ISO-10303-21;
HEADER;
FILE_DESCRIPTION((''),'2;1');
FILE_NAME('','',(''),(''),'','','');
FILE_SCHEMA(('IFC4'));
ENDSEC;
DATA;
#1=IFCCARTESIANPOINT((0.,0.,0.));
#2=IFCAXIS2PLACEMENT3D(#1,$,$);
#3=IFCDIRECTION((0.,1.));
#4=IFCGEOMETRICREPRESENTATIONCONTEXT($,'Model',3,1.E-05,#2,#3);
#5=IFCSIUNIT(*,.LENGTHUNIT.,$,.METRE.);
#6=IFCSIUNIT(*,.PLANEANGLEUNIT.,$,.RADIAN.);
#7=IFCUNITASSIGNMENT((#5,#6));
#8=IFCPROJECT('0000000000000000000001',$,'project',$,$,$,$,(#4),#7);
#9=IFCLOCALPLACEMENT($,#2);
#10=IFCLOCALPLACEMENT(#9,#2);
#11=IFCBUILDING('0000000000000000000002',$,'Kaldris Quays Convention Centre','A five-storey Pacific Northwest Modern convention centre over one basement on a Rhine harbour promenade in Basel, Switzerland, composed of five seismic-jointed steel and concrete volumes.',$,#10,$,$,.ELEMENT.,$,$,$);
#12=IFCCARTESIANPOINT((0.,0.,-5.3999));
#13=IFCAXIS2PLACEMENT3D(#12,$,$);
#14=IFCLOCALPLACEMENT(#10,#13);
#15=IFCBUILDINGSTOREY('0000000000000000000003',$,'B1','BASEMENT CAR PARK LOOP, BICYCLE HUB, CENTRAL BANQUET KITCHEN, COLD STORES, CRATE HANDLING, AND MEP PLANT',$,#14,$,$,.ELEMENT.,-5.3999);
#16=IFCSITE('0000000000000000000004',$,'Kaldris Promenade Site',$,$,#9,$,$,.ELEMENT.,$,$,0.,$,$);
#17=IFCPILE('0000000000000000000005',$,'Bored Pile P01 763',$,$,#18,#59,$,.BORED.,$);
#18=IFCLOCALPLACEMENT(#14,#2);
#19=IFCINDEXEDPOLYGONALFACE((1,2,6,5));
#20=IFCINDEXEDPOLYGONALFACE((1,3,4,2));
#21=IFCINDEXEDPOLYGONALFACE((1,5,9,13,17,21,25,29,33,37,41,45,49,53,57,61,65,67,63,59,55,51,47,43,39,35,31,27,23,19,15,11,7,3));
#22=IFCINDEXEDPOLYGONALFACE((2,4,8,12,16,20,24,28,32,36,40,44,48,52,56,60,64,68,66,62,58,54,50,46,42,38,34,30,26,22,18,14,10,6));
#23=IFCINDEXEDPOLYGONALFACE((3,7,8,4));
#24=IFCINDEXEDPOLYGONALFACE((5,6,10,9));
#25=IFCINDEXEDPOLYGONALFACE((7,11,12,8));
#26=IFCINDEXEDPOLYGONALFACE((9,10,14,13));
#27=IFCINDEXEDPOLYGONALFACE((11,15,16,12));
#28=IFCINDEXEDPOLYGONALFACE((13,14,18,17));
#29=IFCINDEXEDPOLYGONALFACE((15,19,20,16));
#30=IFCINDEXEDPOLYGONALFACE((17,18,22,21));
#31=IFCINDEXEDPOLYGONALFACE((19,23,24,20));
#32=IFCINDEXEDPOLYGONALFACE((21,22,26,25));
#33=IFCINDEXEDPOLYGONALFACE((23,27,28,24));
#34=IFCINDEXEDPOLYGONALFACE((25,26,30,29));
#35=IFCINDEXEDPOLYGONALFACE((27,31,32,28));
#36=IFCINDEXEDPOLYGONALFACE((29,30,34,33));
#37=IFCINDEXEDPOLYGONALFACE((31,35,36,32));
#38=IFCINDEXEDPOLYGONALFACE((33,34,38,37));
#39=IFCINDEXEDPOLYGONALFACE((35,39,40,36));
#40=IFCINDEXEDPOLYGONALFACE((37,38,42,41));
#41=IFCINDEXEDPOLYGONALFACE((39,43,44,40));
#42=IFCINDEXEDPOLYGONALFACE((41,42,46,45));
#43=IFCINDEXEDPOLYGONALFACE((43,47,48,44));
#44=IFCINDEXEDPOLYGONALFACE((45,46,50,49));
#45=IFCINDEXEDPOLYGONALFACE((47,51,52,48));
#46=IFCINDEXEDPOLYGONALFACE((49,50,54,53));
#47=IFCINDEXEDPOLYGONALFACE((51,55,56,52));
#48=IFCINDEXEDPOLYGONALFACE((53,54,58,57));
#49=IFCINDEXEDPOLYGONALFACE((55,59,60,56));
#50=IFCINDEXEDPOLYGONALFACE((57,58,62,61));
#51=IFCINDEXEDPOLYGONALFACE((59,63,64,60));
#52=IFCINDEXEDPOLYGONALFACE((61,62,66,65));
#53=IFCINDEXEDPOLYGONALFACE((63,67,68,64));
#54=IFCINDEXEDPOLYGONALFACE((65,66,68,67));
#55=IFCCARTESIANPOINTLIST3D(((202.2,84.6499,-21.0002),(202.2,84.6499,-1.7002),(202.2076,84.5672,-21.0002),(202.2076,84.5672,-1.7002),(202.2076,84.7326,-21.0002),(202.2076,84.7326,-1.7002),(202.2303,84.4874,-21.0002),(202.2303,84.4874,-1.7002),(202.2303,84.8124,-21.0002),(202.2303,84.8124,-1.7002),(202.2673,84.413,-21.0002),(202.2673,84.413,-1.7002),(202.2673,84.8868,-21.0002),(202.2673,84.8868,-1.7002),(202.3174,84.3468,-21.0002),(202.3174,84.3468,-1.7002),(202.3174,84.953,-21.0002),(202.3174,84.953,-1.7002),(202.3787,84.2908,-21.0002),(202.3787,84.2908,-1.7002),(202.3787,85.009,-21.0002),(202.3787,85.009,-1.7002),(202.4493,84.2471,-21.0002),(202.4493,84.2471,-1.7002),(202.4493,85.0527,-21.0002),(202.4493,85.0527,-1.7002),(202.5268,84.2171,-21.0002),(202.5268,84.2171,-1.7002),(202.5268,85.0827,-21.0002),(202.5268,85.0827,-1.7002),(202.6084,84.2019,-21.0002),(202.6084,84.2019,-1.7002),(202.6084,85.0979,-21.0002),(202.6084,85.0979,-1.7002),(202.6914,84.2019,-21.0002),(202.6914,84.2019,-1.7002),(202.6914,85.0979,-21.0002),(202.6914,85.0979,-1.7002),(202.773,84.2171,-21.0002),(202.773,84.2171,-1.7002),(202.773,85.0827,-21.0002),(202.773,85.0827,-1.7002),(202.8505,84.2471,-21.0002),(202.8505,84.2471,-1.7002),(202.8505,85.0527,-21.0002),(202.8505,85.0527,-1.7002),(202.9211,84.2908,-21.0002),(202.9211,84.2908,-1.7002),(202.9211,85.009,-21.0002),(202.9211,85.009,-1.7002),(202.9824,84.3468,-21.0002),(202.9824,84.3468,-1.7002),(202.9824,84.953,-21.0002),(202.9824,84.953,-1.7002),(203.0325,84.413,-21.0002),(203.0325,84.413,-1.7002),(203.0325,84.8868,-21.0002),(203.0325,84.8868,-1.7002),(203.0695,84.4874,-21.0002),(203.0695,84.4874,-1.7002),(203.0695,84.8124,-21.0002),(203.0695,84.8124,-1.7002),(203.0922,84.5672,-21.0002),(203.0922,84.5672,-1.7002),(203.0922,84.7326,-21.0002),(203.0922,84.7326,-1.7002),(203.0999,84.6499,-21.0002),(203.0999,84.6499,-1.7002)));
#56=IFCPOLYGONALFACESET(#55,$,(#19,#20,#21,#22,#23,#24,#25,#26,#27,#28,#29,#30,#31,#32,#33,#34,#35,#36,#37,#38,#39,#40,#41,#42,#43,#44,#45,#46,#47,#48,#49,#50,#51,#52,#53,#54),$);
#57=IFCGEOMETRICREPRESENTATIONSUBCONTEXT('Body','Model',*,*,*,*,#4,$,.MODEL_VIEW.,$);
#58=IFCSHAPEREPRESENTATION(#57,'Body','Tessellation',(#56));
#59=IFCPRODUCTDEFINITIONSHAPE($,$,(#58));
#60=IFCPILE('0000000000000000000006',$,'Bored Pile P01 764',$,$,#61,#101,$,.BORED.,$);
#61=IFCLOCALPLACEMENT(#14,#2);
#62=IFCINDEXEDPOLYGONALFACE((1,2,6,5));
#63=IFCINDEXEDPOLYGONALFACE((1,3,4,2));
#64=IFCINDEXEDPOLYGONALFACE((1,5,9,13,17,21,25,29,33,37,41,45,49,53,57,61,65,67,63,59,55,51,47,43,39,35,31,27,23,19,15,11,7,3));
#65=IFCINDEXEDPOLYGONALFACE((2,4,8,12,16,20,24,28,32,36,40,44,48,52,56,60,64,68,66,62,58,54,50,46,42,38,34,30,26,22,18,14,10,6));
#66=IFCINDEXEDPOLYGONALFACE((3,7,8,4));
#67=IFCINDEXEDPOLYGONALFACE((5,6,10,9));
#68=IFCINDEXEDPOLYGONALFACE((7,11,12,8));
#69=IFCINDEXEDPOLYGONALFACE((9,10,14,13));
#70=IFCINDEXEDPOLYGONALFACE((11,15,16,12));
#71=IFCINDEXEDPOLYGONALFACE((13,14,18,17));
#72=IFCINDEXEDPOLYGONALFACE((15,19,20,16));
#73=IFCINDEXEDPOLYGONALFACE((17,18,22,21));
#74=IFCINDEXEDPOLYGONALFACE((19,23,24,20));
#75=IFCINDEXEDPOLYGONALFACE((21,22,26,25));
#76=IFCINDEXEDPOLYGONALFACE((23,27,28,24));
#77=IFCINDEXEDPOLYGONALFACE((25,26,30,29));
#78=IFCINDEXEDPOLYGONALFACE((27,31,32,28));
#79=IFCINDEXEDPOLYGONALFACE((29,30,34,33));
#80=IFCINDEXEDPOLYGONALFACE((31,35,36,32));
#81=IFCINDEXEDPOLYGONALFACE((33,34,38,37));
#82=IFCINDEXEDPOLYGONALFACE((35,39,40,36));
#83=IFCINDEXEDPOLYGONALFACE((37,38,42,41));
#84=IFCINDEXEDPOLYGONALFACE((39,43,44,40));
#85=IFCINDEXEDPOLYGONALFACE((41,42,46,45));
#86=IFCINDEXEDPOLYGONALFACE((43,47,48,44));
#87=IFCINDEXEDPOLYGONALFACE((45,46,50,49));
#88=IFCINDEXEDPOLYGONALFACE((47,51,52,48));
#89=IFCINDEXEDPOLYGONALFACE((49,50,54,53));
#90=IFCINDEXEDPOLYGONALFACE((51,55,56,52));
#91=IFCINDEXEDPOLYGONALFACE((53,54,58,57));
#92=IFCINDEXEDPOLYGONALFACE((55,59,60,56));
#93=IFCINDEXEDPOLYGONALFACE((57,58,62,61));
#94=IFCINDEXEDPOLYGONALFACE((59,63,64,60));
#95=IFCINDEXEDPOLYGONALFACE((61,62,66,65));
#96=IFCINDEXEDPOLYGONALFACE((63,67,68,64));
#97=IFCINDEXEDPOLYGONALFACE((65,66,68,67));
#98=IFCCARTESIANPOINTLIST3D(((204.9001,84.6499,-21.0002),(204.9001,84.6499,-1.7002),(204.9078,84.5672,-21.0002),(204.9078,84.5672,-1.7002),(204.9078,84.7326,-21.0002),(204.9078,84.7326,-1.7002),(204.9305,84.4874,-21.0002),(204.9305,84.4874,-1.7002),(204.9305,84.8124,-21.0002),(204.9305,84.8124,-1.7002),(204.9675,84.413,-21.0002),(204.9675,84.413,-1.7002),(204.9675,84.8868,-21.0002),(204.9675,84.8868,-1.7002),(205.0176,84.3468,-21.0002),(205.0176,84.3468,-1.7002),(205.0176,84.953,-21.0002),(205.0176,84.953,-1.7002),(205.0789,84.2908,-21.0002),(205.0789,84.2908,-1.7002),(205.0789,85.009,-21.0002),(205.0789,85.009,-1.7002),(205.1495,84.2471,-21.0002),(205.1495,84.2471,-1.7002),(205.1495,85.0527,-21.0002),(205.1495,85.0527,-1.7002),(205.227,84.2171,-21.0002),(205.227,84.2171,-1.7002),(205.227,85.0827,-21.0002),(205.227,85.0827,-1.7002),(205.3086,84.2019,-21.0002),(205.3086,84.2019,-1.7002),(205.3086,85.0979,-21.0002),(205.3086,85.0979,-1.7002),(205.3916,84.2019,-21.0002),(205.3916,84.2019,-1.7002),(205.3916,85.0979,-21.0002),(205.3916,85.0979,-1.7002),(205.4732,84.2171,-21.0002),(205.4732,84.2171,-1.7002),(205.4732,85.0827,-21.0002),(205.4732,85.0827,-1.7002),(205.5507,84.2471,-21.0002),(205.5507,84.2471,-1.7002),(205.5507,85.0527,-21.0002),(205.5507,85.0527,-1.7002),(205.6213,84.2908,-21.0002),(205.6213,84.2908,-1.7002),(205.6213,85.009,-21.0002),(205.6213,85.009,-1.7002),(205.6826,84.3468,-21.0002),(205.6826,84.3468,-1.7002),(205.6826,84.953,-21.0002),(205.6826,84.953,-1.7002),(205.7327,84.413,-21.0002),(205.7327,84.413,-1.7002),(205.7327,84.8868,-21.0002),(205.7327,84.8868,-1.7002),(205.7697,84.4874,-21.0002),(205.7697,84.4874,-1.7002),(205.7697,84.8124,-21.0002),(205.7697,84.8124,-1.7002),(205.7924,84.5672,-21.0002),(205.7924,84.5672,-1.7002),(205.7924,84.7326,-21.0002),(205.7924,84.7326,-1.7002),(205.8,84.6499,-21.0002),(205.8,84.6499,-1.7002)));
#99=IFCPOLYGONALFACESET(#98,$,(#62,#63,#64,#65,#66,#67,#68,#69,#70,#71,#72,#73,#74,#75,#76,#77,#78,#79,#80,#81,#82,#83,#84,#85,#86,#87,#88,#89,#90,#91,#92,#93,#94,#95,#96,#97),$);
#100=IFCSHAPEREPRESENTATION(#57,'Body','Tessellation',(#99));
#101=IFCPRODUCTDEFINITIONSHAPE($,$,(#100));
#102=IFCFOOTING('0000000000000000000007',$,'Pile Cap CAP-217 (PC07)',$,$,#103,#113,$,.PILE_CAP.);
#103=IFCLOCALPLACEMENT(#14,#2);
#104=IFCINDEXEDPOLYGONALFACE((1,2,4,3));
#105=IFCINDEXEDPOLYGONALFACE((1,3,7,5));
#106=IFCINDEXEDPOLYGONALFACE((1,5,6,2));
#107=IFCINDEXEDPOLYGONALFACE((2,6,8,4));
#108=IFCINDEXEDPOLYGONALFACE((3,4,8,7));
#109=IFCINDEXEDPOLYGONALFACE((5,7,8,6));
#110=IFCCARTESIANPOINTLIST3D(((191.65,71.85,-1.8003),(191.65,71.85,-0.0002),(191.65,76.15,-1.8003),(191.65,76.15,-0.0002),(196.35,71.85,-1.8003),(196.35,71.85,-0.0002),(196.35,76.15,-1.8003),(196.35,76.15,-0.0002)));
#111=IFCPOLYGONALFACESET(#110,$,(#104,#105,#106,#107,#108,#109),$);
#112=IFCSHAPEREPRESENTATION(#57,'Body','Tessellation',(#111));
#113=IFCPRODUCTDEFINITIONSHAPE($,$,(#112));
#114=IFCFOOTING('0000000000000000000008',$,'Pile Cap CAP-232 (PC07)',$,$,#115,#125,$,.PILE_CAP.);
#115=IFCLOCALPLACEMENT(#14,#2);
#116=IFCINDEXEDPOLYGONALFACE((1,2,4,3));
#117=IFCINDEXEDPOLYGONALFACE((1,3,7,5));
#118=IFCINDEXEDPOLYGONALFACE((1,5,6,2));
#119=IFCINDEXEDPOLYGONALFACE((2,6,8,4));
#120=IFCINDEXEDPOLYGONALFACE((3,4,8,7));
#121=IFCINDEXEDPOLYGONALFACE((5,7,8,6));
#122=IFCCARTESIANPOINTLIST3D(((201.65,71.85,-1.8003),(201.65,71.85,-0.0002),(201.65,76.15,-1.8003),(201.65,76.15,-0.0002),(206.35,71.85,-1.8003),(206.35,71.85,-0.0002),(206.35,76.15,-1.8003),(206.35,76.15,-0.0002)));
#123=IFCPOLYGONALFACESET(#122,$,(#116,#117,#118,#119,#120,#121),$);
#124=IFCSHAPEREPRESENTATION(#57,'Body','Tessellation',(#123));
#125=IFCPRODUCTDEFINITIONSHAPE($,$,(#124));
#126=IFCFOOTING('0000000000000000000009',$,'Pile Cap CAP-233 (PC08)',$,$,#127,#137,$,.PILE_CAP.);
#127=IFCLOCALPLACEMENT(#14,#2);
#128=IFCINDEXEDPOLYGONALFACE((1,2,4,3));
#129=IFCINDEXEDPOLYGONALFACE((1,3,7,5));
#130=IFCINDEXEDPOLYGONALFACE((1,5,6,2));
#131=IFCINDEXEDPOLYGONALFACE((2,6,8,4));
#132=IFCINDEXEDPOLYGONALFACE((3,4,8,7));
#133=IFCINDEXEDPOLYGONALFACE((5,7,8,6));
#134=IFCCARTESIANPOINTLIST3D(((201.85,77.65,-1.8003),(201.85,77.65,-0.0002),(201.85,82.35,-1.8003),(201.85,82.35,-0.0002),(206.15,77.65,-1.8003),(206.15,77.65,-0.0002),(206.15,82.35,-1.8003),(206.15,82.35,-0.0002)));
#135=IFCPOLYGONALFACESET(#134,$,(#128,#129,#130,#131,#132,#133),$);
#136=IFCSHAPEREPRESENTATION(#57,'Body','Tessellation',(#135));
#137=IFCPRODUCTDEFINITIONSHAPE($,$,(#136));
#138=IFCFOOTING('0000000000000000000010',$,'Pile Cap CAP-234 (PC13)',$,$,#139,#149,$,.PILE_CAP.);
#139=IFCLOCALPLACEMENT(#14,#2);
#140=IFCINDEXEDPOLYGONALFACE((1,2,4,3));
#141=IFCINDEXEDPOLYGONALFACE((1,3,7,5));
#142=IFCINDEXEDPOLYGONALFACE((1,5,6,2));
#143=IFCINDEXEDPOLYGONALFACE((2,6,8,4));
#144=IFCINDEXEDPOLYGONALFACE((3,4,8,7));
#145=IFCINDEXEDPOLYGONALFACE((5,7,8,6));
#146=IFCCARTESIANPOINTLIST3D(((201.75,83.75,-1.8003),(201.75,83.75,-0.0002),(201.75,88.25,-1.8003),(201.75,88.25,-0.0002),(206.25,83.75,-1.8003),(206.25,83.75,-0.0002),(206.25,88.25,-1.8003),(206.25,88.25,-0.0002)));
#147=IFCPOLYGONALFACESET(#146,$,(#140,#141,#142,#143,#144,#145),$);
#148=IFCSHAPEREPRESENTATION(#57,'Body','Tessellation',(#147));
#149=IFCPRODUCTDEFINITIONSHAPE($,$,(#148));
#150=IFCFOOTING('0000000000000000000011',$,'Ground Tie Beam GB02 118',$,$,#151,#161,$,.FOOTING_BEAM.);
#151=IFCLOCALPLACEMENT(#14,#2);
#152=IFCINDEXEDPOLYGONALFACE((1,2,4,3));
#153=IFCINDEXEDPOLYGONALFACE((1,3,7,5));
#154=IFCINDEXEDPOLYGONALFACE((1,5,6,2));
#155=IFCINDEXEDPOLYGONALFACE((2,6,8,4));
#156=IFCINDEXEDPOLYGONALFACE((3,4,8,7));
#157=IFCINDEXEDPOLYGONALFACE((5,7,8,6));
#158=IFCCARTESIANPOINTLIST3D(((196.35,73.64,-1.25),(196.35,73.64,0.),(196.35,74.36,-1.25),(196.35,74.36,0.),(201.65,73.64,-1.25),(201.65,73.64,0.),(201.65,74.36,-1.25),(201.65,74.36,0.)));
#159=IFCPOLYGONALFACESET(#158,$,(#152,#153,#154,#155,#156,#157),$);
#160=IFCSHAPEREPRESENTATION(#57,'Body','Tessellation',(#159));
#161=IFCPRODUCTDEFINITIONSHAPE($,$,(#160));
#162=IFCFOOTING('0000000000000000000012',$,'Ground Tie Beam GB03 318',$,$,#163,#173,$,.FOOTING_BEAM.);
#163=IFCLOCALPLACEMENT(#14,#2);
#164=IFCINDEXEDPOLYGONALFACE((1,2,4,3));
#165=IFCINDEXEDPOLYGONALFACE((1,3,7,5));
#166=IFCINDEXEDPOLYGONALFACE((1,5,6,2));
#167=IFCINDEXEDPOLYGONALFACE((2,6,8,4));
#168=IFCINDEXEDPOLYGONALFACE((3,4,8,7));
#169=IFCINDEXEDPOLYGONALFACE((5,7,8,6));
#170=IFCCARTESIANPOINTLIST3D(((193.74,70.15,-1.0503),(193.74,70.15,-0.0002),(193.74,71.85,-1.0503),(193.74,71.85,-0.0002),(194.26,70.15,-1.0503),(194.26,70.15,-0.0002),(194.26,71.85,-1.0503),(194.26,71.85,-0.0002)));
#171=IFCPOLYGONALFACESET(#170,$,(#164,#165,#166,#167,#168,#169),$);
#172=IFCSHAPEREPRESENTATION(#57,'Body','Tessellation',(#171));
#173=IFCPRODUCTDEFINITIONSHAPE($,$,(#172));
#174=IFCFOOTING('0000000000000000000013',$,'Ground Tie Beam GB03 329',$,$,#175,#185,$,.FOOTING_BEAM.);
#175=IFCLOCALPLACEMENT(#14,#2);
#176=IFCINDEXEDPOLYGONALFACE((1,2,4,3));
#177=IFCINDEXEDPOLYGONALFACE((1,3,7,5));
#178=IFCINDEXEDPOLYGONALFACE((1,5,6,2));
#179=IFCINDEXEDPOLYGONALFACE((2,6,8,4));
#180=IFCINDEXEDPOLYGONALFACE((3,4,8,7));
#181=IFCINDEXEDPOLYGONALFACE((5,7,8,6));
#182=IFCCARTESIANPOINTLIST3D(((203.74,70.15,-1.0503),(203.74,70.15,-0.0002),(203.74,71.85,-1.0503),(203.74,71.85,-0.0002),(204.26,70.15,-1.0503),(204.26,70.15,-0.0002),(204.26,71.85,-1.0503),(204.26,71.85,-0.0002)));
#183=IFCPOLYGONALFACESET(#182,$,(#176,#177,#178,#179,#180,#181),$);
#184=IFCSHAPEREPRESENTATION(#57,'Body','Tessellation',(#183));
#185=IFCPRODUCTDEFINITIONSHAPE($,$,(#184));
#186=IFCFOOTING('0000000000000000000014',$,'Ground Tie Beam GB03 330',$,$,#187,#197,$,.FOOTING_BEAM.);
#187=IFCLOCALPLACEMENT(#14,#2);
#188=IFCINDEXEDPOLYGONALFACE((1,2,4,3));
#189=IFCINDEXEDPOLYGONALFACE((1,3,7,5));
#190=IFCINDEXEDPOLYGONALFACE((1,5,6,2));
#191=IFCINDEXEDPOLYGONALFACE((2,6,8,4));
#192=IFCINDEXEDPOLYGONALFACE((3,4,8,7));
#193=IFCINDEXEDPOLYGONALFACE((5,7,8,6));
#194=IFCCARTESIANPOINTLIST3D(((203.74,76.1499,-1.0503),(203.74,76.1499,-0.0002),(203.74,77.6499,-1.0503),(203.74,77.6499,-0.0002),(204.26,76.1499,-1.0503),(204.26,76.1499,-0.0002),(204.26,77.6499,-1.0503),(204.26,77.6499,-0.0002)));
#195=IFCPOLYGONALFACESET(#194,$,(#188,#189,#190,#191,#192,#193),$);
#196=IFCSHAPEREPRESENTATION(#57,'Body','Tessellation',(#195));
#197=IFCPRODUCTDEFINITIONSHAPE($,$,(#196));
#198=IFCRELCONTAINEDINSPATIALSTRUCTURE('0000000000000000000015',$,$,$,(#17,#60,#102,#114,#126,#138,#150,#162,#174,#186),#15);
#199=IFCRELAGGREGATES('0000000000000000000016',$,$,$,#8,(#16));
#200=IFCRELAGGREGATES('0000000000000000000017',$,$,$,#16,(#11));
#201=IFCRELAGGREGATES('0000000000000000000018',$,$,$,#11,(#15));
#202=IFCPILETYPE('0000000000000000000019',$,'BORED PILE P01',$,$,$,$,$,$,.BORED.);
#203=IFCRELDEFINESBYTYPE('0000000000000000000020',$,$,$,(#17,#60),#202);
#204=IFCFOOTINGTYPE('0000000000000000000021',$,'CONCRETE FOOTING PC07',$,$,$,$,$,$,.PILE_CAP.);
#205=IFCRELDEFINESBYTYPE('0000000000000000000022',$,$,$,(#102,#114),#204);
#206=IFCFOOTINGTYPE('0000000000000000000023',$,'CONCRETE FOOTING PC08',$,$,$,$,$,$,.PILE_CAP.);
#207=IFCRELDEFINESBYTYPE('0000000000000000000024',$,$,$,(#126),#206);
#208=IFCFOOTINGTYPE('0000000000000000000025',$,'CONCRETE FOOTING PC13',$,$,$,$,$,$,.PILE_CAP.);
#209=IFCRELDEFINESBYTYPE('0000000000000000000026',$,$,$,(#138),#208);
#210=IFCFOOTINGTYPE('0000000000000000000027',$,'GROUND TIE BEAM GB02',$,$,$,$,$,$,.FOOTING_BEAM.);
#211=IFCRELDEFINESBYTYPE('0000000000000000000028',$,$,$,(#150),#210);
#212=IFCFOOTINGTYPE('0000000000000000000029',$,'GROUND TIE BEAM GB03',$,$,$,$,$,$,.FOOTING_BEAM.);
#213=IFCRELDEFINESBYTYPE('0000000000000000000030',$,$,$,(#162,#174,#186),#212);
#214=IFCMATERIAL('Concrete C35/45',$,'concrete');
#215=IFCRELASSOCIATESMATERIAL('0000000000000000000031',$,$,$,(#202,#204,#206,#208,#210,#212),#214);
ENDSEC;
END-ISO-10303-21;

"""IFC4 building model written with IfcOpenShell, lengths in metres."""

from ifc_helpers import new_model, si_unit, direction, frame, origin, origin_2d, place, context, subcontext, project, spatial, rectangle, circle, extrude, material, material_profile, profile_set, type_object, element, save


model = new_model("IFC4")

# Units and contexts
model_context = context("Model", 3, precision=1e-05, world=origin(), true_north=direction((0.0, 1.0)))
body_context = subcontext(model_context, "Body", "Model", "MODEL_VIEW")
ifc_project = project(units=[si_unit("LENGTHUNIT", "METRE"), si_unit("PLANEANGLEUNIT", "RADIAN")], contexts=[model_context])

# Site, building, storey
site_placement = place(None, origin())
site = spatial("IfcSite", under=ifc_project, at=site_placement, Name="Kaldris Promenade Site", CompositionType="ELEMENT", RefElevation=0.0)
building_placement = place(site_placement, origin())
building = spatial("IfcBuilding", under=site, at=building_placement, Name="Kaldris Quays Convention Centre", Description="A five-storey Pacific Northwest Modern convention centre over one basement on a Rhine harbour promenade in Basel, Switzerland, composed of five seismic-jointed steel and concrete volumes.", CompositionType="ELEMENT")
storey_placement = place(building_placement, frame((0.0, 0.0, -5.3999)))
storey = spatial("IfcBuildingStorey", under=building, at=storey_placement, Name="B1", Description="BASEMENT CAR PARK LOOP, BICYCLE HUB, CENTRAL BANQUET KITCHEN, COLD STORES, CRATE HANDLING, AND MEP PLANT", CompositionType="ELEMENT", Elevation=-5.3999)

# Piles
ifc_material_1 = material(Name="Concrete C35/45", Category="concrete")
ifc_material_profile_1 = material_profile(ifc_material_1, circle(Radius=0.45, at=origin_2d()), Name="BORED PILE D900")
ifc_profile_set_1 = profile_set([ifc_material_profile_1], Name="Concrete C35/45")
pile_type = type_object("IfcPileType", Name="BORED PILE P01", PredefinedType="BORED", material=ifc_profile_set_1)
for number, where, z_axis, x_axis, name in (
    (1, (202.6499, 84.6499, -1.7002), (0.0, 0.0, -1.0), (1.0, 0.0, 0.0), "Bored Pile P01 763"),
    (2, (205.3501, 84.6499, -1.7002), (0.0, 0.0, -1.0), (1.0, 0.0, 0.0), "Bored Pile P01 764"),
):
    element("IfcPile", number, at=place(storey_placement, frame(where, z_axis=z_axis, x_axis=x_axis)), inside=storey, type_object=pile_type, Name=name, PredefinedType="BORED", context=body_context, shape_type="SweptSolid", body=[
        extrude(circle(Radius=0.45, at=origin_2d()), origin(), (0.0, 0.0, 1.0), 19.3),
    ])

# Footings
footing_type_1 = type_object("IfcFootingType", Name="CONCRETE FOOTING PC07", PredefinedType="PILE_CAP", material=ifc_material_1)
for number, where, z_axis, x_axis, name in (
    (3, (194.0, 74.0, -1.8003), (0.0, 0.0, 1.0), (1.0, 0.0, 0.0), "Pile Cap CAP-217 (PC07)"),
    (4, (204.0, 74.0, -1.8003), (0.0, 0.0, 1.0), (1.0, 0.0, 0.0), "Pile Cap CAP-232 (PC07)"),
):
    element("IfcFooting", number, at=place(storey_placement, frame(where, z_axis=z_axis, x_axis=x_axis)), inside=storey, type_object=footing_type_1, Name=name, PredefinedType="PILE_CAP", context=body_context, shape_type="SweptSolid", body=[
        extrude(rectangle(XDim=4.7, YDim=4.3, at=origin_2d()), origin(), (0.0, 0.0, 1.0), 1.8),
    ])
footing_type_2 = type_object("IfcFootingType", Name="CONCRETE FOOTING PC08", PredefinedType="PILE_CAP", material=ifc_material_1)
footing_1_placement = place(storey_placement, frame((204.0, 80.0, -1.8003), z_axis=(0.0, 0.0, 1.0), x_axis=(1.0, 0.0, 0.0)))
element("IfcFooting", 5, at=footing_1_placement, inside=storey, type_object=footing_type_2, Name="Pile Cap CAP-233 (PC08)", PredefinedType="PILE_CAP", context=body_context, shape_type="SweptSolid", body=[
    extrude(rectangle(XDim=4.3, YDim=4.7, at=origin_2d()), origin(), (0.0, 0.0, 1.0), 1.8),
])
footing_type_3 = type_object("IfcFootingType", Name="CONCRETE FOOTING PC13", PredefinedType="PILE_CAP", material=ifc_material_1)
footing_2_placement = place(storey_placement, frame((204.0, 86.0, -1.8003), z_axis=(0.0, 0.0, 1.0), x_axis=(1.0, 0.0, 0.0)))
element("IfcFooting", 6, at=footing_2_placement, inside=storey, type_object=footing_type_3, Name="Pile Cap CAP-234 (PC13)", PredefinedType="PILE_CAP", context=body_context, shape_type="SweptSolid", body=[
    extrude(rectangle(XDim=4.5, YDim=4.5, at=origin_2d()), origin(), (0.0, 0.0, 1.0), 1.8),
])
footing_type_4 = type_object("IfcFootingType", Name="GROUND TIE BEAM GB02", PredefinedType="FOOTING_BEAM", material=ifc_material_1)
footing_3_placement = place(storey_placement, frame((199.0, 74.0, -1.25), z_axis=(0.0, 0.0, 1.0), x_axis=(1.0, 0.0, 0.0)))
element("IfcFooting", 7, at=footing_3_placement, inside=storey, type_object=footing_type_4, Name="Ground Tie Beam GB02 118", PredefinedType="FOOTING_BEAM", context=body_context, shape_type="SweptSolid", body=[
    extrude(rectangle(XDim=5.3, YDim=0.72, at=origin_2d()), origin(), (0.0, 0.0, 1.0), 1.25),
])
footing_type_5 = type_object("IfcFootingType", Name="GROUND TIE BEAM GB03", PredefinedType="FOOTING_BEAM", material=ifc_material_1)
for number, where, z_axis, x_axis, name in (
    (8, (194.0, 71.0, -1.0503), (0.0, 0.0, 1.0), (1.0, 0.0, 0.0), "Ground Tie Beam GB03 318"),
    (9, (204.0, 71.0, -1.0503), (0.0, 0.0, 1.0), (1.0, 0.0, 0.0), "Ground Tie Beam GB03 329"),
):
    element("IfcFooting", number, at=place(storey_placement, frame(where, z_axis=z_axis, x_axis=x_axis)), inside=storey, type_object=footing_type_5, Name=name, PredefinedType="FOOTING_BEAM", context=body_context, shape_type="SweptSolid", body=[
        extrude(rectangle(XDim=0.52, YDim=1.7, at=origin_2d()), origin(), (0.0, 0.0, 1.0), 1.05),
    ])
footing_4_placement = place(storey_placement, frame((204.0, 76.8999, -1.0503), z_axis=(0.0, 0.0, 1.0), x_axis=(1.0, 0.0, 0.0)))
element("IfcFooting", 10, at=footing_4_placement, inside=storey, type_object=footing_type_5, Name="Ground Tie Beam GB03 330", PredefinedType="FOOTING_BEAM", context=body_context, shape_type="SweptSolid", body=[
    extrude(rectangle(XDim=0.52, YDim=1.5, at=origin_2d()), origin(), (0.0, 0.0, 1.0), 1.05),
])

save(model, "model.ifc")
